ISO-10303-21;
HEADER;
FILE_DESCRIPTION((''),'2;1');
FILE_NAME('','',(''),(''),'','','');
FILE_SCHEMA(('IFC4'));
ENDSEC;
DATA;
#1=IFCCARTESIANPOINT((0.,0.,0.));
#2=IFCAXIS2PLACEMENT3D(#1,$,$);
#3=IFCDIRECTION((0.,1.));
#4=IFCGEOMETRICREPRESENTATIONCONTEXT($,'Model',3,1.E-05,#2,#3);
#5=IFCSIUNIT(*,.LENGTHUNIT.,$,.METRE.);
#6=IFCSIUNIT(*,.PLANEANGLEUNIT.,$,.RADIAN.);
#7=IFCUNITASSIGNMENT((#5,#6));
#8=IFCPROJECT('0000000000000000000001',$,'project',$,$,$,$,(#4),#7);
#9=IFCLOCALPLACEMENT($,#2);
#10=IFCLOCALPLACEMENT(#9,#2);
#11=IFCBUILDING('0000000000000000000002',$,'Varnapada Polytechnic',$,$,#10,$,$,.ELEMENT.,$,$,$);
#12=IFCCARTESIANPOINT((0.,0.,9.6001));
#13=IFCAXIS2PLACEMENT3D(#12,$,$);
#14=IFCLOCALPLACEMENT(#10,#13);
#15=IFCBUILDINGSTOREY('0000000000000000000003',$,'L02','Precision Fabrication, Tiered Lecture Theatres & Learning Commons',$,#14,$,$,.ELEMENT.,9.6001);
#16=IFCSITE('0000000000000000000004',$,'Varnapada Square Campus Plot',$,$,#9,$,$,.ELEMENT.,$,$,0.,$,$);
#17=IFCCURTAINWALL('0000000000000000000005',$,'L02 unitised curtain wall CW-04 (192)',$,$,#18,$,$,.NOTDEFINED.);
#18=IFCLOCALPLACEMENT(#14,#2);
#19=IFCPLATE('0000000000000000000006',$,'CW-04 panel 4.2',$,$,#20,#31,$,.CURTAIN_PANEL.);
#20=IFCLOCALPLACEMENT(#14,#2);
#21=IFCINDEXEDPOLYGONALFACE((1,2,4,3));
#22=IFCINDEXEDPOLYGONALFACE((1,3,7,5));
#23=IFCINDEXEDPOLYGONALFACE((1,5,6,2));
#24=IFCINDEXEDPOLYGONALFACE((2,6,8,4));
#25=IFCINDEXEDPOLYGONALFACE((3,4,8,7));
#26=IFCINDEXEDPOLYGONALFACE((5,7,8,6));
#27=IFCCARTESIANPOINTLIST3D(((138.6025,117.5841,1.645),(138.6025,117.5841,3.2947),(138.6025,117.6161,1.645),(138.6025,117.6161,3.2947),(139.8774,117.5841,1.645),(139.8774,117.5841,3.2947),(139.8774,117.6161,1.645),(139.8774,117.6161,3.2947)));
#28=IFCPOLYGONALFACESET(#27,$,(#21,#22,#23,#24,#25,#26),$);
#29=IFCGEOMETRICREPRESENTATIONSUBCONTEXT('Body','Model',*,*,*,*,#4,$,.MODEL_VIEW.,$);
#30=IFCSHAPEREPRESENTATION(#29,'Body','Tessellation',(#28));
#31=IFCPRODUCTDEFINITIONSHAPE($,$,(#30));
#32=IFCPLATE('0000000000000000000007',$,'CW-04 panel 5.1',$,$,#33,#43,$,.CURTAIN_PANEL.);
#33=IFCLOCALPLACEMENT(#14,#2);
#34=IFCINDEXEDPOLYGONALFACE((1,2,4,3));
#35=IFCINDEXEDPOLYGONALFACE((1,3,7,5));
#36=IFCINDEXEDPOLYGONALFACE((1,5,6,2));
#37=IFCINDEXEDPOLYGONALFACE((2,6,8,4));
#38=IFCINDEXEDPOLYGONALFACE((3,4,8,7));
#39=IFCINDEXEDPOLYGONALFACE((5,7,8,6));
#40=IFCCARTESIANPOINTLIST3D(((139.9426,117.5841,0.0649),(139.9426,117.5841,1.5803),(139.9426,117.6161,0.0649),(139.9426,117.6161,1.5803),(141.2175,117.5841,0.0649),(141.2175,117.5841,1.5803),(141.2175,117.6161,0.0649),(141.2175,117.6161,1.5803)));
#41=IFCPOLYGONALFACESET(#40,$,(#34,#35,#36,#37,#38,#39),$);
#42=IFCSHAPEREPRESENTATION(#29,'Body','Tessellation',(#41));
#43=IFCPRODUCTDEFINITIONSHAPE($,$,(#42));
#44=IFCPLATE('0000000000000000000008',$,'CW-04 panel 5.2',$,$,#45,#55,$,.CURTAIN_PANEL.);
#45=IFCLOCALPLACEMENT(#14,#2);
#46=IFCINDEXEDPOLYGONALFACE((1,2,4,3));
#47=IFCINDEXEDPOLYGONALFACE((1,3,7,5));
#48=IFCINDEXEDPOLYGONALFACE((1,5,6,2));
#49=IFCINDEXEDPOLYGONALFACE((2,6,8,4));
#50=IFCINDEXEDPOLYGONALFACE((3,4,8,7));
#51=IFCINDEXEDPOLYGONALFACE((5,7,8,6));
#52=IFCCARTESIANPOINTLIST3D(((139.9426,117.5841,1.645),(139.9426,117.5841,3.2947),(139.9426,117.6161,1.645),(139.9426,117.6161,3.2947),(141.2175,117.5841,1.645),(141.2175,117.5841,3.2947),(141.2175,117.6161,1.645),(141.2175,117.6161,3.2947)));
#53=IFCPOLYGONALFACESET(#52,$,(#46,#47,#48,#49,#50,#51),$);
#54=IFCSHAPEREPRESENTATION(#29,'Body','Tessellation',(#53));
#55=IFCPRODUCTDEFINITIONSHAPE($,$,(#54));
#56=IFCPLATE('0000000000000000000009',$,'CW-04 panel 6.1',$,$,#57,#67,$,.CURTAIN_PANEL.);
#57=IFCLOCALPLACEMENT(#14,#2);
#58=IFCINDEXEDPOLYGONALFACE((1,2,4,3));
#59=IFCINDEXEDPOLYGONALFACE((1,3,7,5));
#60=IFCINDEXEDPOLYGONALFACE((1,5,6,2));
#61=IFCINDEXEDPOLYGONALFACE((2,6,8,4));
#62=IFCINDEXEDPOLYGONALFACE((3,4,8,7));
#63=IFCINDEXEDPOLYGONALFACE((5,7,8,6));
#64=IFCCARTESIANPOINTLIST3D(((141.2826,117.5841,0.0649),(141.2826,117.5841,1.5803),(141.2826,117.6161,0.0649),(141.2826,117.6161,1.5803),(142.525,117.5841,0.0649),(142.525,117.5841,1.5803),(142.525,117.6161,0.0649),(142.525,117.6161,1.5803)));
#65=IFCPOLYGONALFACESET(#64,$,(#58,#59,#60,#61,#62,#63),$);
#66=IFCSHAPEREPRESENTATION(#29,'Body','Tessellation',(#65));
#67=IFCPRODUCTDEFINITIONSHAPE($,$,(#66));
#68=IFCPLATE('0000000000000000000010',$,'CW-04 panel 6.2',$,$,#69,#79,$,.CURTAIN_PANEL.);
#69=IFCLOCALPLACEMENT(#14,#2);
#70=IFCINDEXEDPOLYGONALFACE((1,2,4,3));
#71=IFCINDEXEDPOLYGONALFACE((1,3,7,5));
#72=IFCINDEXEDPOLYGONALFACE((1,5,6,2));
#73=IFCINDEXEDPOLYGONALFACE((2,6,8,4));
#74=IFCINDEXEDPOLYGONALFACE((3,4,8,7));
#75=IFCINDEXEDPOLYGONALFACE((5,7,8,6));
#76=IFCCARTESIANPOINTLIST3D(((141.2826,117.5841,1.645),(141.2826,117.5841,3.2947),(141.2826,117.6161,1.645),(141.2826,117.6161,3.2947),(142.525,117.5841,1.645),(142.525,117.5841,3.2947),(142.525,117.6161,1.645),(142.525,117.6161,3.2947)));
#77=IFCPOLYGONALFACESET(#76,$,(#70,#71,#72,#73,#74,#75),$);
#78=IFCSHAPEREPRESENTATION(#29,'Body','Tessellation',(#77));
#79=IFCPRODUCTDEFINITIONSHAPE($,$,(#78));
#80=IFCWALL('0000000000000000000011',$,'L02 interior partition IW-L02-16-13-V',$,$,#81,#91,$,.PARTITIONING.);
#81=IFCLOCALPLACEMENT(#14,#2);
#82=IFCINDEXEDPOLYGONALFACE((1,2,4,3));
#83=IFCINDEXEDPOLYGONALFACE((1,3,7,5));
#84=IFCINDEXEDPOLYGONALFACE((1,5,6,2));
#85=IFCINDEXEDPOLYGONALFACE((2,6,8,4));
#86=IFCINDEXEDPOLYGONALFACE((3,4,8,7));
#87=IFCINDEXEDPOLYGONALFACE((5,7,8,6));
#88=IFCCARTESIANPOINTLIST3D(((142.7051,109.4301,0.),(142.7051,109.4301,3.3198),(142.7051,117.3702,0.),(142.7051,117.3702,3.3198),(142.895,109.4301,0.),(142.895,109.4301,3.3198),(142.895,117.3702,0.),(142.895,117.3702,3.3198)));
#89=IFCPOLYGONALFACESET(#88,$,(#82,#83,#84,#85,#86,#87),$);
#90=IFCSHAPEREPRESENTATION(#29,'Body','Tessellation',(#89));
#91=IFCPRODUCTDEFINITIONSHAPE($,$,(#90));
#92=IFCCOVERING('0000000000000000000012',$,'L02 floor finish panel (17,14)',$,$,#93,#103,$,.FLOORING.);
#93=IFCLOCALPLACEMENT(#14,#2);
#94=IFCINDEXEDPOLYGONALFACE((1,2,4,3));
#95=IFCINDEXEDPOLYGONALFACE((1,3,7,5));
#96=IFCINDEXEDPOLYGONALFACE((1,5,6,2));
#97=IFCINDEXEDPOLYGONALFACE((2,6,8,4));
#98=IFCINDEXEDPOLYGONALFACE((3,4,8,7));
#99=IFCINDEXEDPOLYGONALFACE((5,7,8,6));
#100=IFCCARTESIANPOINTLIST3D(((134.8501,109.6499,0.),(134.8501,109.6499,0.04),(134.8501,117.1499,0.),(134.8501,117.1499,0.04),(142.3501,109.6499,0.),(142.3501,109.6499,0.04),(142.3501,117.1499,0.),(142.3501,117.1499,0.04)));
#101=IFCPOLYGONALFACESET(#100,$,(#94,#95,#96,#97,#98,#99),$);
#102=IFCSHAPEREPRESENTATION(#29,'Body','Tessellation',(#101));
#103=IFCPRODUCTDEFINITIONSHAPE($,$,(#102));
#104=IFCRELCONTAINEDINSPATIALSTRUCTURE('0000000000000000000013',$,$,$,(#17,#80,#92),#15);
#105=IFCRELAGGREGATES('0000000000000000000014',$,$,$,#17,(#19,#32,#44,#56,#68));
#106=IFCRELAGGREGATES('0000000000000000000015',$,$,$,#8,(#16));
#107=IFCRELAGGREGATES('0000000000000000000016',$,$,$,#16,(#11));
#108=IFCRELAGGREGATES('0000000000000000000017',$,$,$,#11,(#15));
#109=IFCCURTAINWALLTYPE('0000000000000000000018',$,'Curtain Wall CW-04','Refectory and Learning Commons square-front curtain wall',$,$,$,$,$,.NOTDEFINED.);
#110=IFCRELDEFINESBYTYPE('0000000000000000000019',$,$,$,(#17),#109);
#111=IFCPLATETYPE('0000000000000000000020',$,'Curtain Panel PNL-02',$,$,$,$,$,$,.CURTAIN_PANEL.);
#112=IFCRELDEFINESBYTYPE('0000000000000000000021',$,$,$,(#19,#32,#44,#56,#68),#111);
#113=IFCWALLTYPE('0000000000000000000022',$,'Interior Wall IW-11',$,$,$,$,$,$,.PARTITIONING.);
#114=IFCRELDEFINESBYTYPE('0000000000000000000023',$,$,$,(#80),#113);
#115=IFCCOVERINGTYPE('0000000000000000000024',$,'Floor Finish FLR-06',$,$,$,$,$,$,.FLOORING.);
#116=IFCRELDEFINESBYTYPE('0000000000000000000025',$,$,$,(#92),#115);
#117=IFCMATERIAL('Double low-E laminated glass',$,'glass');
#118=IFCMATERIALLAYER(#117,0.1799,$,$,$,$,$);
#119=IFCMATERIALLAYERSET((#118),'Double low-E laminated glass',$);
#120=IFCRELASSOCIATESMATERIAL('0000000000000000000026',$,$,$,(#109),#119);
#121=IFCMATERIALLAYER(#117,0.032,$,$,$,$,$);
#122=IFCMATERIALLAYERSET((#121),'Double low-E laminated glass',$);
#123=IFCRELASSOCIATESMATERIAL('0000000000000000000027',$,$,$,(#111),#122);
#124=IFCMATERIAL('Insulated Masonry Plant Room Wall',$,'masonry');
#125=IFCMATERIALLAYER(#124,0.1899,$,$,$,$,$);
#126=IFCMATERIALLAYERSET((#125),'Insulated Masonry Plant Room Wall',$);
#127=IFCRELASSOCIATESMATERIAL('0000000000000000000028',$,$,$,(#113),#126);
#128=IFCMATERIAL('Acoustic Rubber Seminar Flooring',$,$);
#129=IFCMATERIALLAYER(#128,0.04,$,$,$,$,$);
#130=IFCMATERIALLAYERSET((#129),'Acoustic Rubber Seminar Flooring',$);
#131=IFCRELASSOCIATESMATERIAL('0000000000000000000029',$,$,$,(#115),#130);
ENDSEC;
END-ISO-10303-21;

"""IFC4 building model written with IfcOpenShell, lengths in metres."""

from ifc_helpers import new_model, si_unit, direction, frame, frame_2d, origin, origin_2d, place, context, subcontext, project, spatial, rectangle, extrude, material, layer, layer_set, type_object, element, aggregate, save


model = new_model("IFC4")

# Units and contexts
model_context = context("Model", 3, precision=1e-05, world=origin(), true_north=direction((0.0, 1.0)))
body_context = subcontext(model_context, "Body", "Model", "MODEL_VIEW")
ifc_project = project(units=[si_unit("LENGTHUNIT", "METRE"), si_unit("PLANEANGLEUNIT", "RADIAN")], contexts=[model_context])

# Site, building, storey
site_placement = place(None, origin())
site = spatial("IfcSite", under=ifc_project, at=site_placement, Name="Varnapada Square Campus Plot", CompositionType="ELEMENT", RefElevation=0.0)
building_placement = place(site_placement, origin())
building = spatial("IfcBuilding", under=site, at=building_placement, Name="Varnapada Polytechnic", CompositionType="ELEMENT")
storey_placement = place(building_placement, frame((0.0, 0.0, 9.6001)))
storey = spatial("IfcBuildingStorey", under=building, at=storey_placement, Name="L02", Description="Precision Fabrication, Tiered Lecture Theatres & Learning Commons", CompositionType="ELEMENT", Elevation=9.6001)

# Curtain wall, plates
ifc_material_1 = material(Name="Double low-E laminated glass", Category="glass")
ifc_layer_1 = layer(ifc_material_1, 0.1799)
ifc_layer_set_1 = layer_set([ifc_layer_1], Name="Double low-E laminated glass")
curtain_wall_type = type_object("IfcCurtainWallType", Name="Curtain Wall CW-04", Description="Refectory and Learning Commons square-front curtain wall", PredefinedType="NOTDEFINED", material=ifc_layer_set_1)
curtain_wall_placement = place(storey_placement, origin())
curtain_wall = element("IfcCurtainWall", 1, at=curtain_wall_placement, inside=storey, type_object=curtain_wall_type, Name="L02 unitised curtain wall CW-04 (192)", PredefinedType="NOTDEFINED")
ifc_layer_2 = layer(ifc_material_1, 0.032)
ifc_layer_set_2 = layer_set([ifc_layer_2], Name="Double low-E laminated glass")
plate_type = type_object("IfcPlateType", Name="Curtain Panel PNL-02", PredefinedType="CURTAIN_PANEL", material=ifc_layer_set_2)
plate_1_placement = place(storey_placement, frame((139.24, 117.6001, 1.645), z_axis=(0.0, 0.0, 1.0), x_axis=(1.0, 0.0, 0.0)))
plate_1 = element("IfcPlate", 2, at=plate_1_placement, type_object=plate_type, Name="CW-04 panel 4.2", PredefinedType="CURTAIN_PANEL", context=body_context, shape_type="SweptSolid", body=[
    extrude(rectangle(XDim=1.2749, YDim=0.032, at=origin_2d()), origin(), (0.0, 0.0, 1.0), 1.6497),
])
plate_2_placement = place(storey_placement, frame((140.5801, 117.6001, 0.0649), z_axis=(0.0, 0.0, 1.0), x_axis=(1.0, 0.0, 0.0)))
plate_2 = element("IfcPlate", 3, at=plate_2_placement, type_object=plate_type, Name="CW-04 panel 5.1", PredefinedType="CURTAIN_PANEL", context=body_context, shape_type="SweptSolid", body=[
    extrude(rectangle(XDim=1.2749, YDim=0.032, at=origin_2d()), origin(), (0.0, 0.0, 1.0), 1.5154),
])
plate_3_placement = place(storey_placement, frame((140.5801, 117.6001, 1.645), z_axis=(0.0, 0.0, 1.0), x_axis=(1.0, 0.0, 0.0)))
plate_3 = element("IfcPlate", 4, at=plate_3_placement, type_object=plate_type, Name="CW-04 panel 5.2", PredefinedType="CURTAIN_PANEL", context=body_context, shape_type="SweptSolid", body=[
    extrude(rectangle(XDim=1.2749, YDim=0.032, at=origin_2d()), origin(), (0.0, 0.0, 1.0), 1.6497),
])
plate_4_placement = place(storey_placement, frame((141.9038, 117.6001, 0.0649), z_axis=(0.0, 0.0, 1.0), x_axis=(1.0, 0.0, 0.0)))
plate_4 = element("IfcPlate", 5, at=plate_4_placement, type_object=plate_type, Name="CW-04 panel 6.1", PredefinedType="CURTAIN_PANEL", context=body_context, shape_type="SweptSolid", body=[
    extrude(rectangle(XDim=1.2424, YDim=0.032, at=origin_2d()), origin(), (0.0, 0.0, 1.0), 1.5154),
])
plate_5_placement = place(storey_placement, frame((141.9038, 117.6001, 1.645), z_axis=(0.0, 0.0, 1.0), x_axis=(1.0, 0.0, 0.0)))
plate_5 = element("IfcPlate", 6, at=plate_5_placement, type_object=plate_type, Name="CW-04 panel 6.2", PredefinedType="CURTAIN_PANEL", context=body_context, shape_type="SweptSolid", body=[
    extrude(rectangle(XDim=1.2424, YDim=0.032, at=origin_2d()), origin(), (0.0, 0.0, 1.0), 1.6497),
])
aggregate(curtain_wall, [plate_1, plate_2, plate_3, plate_4, plate_5])

# Wall
ifc_material_2 = material(Name="Insulated Masonry Plant Room Wall", Category="masonry")
ifc_layer_3 = layer(ifc_material_2, 0.1899)
ifc_layer_set_3 = layer_set([ifc_layer_3], Name="Insulated Masonry Plant Room Wall")
wall_type = type_object("IfcWallType", Name="Interior Wall IW-11", PredefinedType="PARTITIONING", material=ifc_layer_set_3)
wall_placement = place(storey_placement, frame((142.8, 109.4299, 0.0), z_axis=(0.0, 0.0, 1.0), x_axis=(0.0, 1.0, 0.0)))
element("IfcWall", 7, at=wall_placement, inside=storey, type_object=wall_type, Name="L02 interior partition IW-L02-16-13-V", PredefinedType="PARTITIONING", context=body_context, shape_type="SweptSolid", body=[
    extrude(rectangle(XDim=7.9402, YDim=0.1899, at=frame_2d((3.9702, 0.0))), origin(), (0.0, 0.0, 1.0), 3.3198),
])

# Covering
ifc_material_3 = material(Name="Acoustic Rubber Seminar Flooring")
ifc_layer_4 = layer(ifc_material_3, 0.04)
ifc_layer_set_4 = layer_set([ifc_layer_4], Name="Acoustic Rubber Seminar Flooring")
covering_type = type_object("IfcCoveringType", Name="Floor Finish FLR-06", PredefinedType="FLOORING", material=ifc_layer_set_4)
covering_placement = place(storey_placement, frame((138.6001, 113.3999, 0.0), z_axis=(0.0, 0.0, 1.0), x_axis=(1.0, 0.0, 0.0)))
element("IfcCovering", 8, at=covering_placement, inside=storey, type_object=covering_type, Name="L02 floor finish panel (17,14)", PredefinedType="FLOORING", context=body_context, shape_type="SweptSolid", body=[
    extrude(rectangle(XDim=7.5, YDim=7.5, at=origin_2d()), origin(), (0.0, 0.0, 1.0), 0.04),
])

save(model, "model.ifc")
